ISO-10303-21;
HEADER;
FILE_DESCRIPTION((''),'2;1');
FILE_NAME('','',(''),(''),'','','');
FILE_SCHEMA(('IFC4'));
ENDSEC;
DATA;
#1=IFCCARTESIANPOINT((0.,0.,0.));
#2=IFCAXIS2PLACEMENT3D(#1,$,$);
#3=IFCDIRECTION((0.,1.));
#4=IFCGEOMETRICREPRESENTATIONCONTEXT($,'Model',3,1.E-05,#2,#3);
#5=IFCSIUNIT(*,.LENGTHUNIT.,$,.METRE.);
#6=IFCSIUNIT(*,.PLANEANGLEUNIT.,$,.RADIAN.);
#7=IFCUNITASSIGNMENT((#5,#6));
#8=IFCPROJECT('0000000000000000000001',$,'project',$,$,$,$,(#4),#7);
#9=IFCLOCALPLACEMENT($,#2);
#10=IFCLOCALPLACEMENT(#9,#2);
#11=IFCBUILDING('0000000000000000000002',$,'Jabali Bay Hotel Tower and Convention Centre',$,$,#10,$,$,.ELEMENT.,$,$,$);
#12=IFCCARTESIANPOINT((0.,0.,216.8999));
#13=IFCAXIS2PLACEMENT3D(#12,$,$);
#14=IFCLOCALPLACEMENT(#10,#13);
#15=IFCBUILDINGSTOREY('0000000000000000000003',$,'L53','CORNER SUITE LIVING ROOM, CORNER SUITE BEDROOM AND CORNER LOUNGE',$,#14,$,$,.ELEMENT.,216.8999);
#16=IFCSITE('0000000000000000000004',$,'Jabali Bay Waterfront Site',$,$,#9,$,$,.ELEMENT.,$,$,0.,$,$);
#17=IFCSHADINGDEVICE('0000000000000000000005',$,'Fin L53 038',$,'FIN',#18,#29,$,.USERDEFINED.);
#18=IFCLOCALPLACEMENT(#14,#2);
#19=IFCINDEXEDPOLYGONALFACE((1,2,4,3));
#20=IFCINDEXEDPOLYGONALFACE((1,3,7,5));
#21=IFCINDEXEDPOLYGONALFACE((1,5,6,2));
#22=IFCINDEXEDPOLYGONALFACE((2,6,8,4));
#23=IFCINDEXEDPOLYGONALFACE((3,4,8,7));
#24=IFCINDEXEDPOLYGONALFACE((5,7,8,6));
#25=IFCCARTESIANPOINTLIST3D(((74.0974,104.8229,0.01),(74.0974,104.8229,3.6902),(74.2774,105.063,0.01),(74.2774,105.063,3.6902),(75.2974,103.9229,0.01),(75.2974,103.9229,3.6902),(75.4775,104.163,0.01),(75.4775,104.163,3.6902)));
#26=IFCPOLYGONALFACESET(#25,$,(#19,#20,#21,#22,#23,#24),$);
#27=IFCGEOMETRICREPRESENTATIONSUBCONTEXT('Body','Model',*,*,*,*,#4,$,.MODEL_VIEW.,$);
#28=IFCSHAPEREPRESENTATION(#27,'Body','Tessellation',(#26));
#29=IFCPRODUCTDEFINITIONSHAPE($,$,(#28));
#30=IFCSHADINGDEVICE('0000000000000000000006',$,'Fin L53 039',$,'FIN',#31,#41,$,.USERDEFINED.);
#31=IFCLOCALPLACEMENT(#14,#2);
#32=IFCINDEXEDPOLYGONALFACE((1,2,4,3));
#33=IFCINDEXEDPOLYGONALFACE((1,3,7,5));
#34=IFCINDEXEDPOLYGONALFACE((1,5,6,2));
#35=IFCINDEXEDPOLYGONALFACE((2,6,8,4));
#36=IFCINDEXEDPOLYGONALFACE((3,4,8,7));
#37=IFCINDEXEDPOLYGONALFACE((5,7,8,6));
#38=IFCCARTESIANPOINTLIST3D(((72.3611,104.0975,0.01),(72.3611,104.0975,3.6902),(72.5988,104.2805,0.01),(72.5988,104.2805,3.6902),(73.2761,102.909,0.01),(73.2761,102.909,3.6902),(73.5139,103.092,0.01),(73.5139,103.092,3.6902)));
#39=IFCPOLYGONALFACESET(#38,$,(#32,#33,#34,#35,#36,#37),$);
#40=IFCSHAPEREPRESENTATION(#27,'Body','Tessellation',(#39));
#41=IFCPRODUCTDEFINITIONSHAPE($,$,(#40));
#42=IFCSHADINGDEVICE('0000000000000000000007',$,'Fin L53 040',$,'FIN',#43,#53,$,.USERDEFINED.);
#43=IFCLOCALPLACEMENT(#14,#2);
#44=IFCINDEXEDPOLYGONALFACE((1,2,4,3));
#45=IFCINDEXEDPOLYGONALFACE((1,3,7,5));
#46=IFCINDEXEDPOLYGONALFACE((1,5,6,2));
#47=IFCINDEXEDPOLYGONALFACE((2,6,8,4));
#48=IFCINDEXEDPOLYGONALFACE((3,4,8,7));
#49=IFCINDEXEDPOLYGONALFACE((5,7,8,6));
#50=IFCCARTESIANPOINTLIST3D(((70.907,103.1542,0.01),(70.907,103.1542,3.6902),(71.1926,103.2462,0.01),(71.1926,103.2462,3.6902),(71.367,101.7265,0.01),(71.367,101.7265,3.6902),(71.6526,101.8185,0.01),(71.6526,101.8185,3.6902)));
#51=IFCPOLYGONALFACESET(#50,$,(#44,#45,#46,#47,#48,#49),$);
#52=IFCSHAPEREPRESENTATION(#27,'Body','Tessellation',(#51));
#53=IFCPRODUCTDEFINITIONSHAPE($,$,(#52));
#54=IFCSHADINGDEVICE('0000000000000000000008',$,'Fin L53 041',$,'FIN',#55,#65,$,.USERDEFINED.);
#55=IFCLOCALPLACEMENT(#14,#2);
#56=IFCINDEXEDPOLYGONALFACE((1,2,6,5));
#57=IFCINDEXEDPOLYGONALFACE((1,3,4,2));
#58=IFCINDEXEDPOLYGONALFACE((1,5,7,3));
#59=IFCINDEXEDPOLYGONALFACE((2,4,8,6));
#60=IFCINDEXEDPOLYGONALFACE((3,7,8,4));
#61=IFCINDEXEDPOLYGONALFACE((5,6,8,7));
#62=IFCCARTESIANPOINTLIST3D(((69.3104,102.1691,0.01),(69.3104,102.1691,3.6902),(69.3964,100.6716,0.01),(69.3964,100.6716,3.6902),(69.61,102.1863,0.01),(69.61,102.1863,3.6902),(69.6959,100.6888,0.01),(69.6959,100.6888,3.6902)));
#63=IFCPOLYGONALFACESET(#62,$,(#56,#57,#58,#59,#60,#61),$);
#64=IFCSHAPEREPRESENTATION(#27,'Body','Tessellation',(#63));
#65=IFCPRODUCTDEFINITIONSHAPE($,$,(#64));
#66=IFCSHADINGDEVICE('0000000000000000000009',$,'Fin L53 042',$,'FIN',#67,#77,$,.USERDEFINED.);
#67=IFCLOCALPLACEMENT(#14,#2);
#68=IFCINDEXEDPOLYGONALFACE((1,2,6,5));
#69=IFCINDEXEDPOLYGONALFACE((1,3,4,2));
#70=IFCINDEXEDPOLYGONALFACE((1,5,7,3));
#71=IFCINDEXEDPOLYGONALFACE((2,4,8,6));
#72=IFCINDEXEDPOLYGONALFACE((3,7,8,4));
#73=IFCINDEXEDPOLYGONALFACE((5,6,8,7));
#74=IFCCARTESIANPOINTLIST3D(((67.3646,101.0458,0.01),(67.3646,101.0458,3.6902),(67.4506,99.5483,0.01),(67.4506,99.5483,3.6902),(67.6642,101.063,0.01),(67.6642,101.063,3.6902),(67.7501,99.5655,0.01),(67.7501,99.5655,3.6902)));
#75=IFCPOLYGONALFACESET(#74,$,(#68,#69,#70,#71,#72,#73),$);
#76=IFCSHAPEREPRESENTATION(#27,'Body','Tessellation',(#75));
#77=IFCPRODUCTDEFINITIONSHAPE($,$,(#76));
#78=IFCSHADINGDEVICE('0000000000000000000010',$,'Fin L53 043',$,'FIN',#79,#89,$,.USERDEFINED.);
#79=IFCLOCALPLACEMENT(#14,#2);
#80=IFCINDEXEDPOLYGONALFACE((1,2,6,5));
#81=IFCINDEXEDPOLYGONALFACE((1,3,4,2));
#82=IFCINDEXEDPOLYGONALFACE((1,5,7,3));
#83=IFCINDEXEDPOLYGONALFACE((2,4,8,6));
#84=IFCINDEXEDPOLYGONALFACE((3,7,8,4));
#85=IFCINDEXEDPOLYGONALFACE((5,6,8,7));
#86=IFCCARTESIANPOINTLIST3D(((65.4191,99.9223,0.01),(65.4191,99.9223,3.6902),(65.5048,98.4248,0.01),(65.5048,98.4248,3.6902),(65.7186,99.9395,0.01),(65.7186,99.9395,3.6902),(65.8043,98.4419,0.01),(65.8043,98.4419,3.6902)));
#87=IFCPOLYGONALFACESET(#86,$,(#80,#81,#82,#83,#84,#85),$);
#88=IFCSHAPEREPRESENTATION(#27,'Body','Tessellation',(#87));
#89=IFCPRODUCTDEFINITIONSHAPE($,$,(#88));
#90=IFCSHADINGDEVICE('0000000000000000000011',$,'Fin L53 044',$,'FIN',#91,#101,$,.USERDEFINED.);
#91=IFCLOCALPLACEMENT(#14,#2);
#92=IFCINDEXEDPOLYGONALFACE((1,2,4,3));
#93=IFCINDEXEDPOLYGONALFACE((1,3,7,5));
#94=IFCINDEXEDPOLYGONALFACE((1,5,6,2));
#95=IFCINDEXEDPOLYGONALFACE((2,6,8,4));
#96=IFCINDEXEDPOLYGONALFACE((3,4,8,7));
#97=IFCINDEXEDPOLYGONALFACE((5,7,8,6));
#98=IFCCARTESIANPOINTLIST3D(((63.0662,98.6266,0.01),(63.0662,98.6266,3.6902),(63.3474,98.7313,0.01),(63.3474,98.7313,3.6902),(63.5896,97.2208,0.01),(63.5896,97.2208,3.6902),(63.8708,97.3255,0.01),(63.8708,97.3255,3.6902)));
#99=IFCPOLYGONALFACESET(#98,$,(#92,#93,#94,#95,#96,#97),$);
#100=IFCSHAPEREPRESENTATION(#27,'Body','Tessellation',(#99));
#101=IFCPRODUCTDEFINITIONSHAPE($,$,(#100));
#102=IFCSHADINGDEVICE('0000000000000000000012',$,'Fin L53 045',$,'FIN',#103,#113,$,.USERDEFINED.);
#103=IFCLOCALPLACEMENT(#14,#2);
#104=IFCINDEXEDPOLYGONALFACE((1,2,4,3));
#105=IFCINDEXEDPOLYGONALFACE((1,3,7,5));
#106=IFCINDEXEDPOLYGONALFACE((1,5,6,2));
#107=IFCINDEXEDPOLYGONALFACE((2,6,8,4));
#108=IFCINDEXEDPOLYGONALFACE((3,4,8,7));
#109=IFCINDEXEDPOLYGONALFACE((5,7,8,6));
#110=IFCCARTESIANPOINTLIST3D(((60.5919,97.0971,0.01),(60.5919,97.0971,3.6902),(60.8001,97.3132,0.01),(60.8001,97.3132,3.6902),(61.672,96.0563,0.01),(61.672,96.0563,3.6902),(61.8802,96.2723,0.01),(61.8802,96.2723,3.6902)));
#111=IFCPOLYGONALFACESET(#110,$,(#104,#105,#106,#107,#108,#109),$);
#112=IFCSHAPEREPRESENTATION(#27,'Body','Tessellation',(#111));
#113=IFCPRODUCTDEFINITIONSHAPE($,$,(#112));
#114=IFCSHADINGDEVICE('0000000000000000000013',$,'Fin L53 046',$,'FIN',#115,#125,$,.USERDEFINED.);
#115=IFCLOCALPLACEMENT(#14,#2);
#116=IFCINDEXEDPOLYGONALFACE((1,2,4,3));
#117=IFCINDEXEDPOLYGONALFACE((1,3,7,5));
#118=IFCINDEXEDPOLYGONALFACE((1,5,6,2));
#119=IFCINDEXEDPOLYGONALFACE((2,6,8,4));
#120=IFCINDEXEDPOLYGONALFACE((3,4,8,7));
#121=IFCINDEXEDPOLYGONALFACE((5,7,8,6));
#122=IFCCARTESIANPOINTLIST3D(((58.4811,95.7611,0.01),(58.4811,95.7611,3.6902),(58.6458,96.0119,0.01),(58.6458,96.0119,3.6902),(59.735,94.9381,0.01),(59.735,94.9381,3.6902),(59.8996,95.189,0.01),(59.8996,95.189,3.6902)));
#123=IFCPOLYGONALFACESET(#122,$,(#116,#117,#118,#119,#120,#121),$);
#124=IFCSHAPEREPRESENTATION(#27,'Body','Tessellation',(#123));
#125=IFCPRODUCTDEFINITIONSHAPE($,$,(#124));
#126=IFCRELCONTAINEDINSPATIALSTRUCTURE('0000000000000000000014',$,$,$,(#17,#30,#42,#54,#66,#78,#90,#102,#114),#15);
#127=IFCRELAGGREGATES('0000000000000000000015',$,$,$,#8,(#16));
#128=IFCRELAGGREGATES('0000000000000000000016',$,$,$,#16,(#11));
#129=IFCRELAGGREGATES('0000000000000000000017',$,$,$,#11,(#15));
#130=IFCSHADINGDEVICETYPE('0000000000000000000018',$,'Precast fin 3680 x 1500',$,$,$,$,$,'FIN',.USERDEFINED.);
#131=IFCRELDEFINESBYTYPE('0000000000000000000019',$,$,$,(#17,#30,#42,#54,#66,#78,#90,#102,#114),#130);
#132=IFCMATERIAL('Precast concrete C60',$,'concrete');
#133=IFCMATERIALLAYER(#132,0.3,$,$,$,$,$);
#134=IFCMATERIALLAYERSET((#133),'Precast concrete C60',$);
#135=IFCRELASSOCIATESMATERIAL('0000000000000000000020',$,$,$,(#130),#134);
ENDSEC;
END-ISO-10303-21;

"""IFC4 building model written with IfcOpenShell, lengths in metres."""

from ifc_helpers import new_model, si_unit, direction, frame, frame_2d, origin, place, context, subcontext, project, spatial, rectangle, extrude, material, layer, layer_set, type_object, element, save


model = new_model("IFC4")

# Units and contexts
model_context = context("Model", 3, precision=1e-05, world=origin(), true_north=direction((0.0, 1.0)))
body_context = subcontext(model_context, "Body", "Model", "MODEL_VIEW")
ifc_project = project(units=[si_unit("LENGTHUNIT", "METRE"), si_unit("PLANEANGLEUNIT", "RADIAN")], contexts=[model_context])

# Site, building, storey
site_placement = place(None, origin())
site = spatial("IfcSite", under=ifc_project, at=site_placement, Name="Jabali Bay Waterfront Site", CompositionType="ELEMENT", RefElevation=0.0)
building_placement = place(site_placement, origin())
building = spatial("IfcBuilding", under=site, at=building_placement, Name="Jabali Bay Hotel Tower and Convention Centre", CompositionType="ELEMENT")
storey_placement = place(building_placement, frame((0.0, 0.0, 216.8999)))
storey = spatial("IfcBuildingStorey", under=building, at=storey_placement, Name="L53", Description="CORNER SUITE LIVING ROOM, CORNER SUITE BEDROOM AND CORNER LOUNGE", CompositionType="ELEMENT", Elevation=216.8999)

# Shading devices
ifc_material_1 = material(Name="Precast concrete C60", Category="concrete")
ifc_layer_1 = layer(ifc_material_1, 0.3)
ifc_layer_set_1 = layer_set([ifc_layer_1], Name="Precast concrete C60")
shading_device_type = type_object("IfcShadingDeviceType", Name="Precast fin 3680 x 1500", ElementType="FIN", PredefinedType="USERDEFINED", material=ifc_layer_set_1)
for number, where, z_axis, x_axis, name in (
    (1, (75.3875, 104.043, 0.01), (0.0, 0.0, 1.0), (-0.80002, 0.599974, 0.0), "Fin L53 038"),
    (2, (73.395, 103.0005, 0.01), (0.0, 0.0, 1.0), (-0.610057, 0.792358, 0.0), "Fin L53 039"),
    (3, (71.5098, 101.7725, 0.01), (0.0, 0.0, 1.0), (-0.306641, 0.951825, 0.0), "Fin L53 040"),
    (4, (69.5461, 100.6802, 0.01), (0.0, 0.0, 1.0), (-0.057291, 0.998358, 0.0), "Fin L53 041"),
    (5, (67.6003, 99.5569, 0.01), (0.0, 0.0, 1.0), (-0.057291, 0.998358, 0.0), "Fin L53 042"),
    (6, (65.6545, 98.4333, 0.01), (0.0, 0.0, 1.0), (-0.057129, 0.998367, 0.0), "Fin L53 043"),
    (7, (63.7302, 97.2732, 0.01), (0.0, 0.0, 1.0), (-0.348946, 0.937143, 0.0), "Fin L53 044"),
    (8, (61.7761, 96.1643, 0.01), (0.0, 0.0, 1.0), (-0.720088, 0.693882, 0.0), "Fin L53 045"),
):
    element("IfcShadingDevice", number, at=place(storey_placement, frame(where, z_axis=z_axis, x_axis=x_axis)), inside=storey, type_object=shading_device_type, Name=name, ObjectType="FIN", PredefinedType="USERDEFINED", context=body_context, shape_type="SweptSolid", body=[
        extrude(rectangle(XDim=1.5, YDim=0.3, at=frame_2d((0.75, 0.0))), origin(), (0.0, 0.0, 1.0), 3.6802),
    ])
shading_device_1_placement = place(storey_placement, frame((59.8174, 95.0635, 0.01), z_axis=(0.0, 0.0, 1.0), x_axis=(-0.836011, 0.548713, 0.0)))
element("IfcShadingDevice", 9, at=shading_device_1_placement, inside=storey, type_object=shading_device_type, Name="Fin L53 046", ObjectType="FIN", PredefinedType="USERDEFINED", context=body_context, shape_type="SweptSolid", body=[
    extrude(rectangle(XDim=1.4998, YDim=0.3, at=frame_2d((0.75, 0.0))), origin(), (0.0, 0.0, 1.0), 3.6802),
])

save(model, "model.ifc")
